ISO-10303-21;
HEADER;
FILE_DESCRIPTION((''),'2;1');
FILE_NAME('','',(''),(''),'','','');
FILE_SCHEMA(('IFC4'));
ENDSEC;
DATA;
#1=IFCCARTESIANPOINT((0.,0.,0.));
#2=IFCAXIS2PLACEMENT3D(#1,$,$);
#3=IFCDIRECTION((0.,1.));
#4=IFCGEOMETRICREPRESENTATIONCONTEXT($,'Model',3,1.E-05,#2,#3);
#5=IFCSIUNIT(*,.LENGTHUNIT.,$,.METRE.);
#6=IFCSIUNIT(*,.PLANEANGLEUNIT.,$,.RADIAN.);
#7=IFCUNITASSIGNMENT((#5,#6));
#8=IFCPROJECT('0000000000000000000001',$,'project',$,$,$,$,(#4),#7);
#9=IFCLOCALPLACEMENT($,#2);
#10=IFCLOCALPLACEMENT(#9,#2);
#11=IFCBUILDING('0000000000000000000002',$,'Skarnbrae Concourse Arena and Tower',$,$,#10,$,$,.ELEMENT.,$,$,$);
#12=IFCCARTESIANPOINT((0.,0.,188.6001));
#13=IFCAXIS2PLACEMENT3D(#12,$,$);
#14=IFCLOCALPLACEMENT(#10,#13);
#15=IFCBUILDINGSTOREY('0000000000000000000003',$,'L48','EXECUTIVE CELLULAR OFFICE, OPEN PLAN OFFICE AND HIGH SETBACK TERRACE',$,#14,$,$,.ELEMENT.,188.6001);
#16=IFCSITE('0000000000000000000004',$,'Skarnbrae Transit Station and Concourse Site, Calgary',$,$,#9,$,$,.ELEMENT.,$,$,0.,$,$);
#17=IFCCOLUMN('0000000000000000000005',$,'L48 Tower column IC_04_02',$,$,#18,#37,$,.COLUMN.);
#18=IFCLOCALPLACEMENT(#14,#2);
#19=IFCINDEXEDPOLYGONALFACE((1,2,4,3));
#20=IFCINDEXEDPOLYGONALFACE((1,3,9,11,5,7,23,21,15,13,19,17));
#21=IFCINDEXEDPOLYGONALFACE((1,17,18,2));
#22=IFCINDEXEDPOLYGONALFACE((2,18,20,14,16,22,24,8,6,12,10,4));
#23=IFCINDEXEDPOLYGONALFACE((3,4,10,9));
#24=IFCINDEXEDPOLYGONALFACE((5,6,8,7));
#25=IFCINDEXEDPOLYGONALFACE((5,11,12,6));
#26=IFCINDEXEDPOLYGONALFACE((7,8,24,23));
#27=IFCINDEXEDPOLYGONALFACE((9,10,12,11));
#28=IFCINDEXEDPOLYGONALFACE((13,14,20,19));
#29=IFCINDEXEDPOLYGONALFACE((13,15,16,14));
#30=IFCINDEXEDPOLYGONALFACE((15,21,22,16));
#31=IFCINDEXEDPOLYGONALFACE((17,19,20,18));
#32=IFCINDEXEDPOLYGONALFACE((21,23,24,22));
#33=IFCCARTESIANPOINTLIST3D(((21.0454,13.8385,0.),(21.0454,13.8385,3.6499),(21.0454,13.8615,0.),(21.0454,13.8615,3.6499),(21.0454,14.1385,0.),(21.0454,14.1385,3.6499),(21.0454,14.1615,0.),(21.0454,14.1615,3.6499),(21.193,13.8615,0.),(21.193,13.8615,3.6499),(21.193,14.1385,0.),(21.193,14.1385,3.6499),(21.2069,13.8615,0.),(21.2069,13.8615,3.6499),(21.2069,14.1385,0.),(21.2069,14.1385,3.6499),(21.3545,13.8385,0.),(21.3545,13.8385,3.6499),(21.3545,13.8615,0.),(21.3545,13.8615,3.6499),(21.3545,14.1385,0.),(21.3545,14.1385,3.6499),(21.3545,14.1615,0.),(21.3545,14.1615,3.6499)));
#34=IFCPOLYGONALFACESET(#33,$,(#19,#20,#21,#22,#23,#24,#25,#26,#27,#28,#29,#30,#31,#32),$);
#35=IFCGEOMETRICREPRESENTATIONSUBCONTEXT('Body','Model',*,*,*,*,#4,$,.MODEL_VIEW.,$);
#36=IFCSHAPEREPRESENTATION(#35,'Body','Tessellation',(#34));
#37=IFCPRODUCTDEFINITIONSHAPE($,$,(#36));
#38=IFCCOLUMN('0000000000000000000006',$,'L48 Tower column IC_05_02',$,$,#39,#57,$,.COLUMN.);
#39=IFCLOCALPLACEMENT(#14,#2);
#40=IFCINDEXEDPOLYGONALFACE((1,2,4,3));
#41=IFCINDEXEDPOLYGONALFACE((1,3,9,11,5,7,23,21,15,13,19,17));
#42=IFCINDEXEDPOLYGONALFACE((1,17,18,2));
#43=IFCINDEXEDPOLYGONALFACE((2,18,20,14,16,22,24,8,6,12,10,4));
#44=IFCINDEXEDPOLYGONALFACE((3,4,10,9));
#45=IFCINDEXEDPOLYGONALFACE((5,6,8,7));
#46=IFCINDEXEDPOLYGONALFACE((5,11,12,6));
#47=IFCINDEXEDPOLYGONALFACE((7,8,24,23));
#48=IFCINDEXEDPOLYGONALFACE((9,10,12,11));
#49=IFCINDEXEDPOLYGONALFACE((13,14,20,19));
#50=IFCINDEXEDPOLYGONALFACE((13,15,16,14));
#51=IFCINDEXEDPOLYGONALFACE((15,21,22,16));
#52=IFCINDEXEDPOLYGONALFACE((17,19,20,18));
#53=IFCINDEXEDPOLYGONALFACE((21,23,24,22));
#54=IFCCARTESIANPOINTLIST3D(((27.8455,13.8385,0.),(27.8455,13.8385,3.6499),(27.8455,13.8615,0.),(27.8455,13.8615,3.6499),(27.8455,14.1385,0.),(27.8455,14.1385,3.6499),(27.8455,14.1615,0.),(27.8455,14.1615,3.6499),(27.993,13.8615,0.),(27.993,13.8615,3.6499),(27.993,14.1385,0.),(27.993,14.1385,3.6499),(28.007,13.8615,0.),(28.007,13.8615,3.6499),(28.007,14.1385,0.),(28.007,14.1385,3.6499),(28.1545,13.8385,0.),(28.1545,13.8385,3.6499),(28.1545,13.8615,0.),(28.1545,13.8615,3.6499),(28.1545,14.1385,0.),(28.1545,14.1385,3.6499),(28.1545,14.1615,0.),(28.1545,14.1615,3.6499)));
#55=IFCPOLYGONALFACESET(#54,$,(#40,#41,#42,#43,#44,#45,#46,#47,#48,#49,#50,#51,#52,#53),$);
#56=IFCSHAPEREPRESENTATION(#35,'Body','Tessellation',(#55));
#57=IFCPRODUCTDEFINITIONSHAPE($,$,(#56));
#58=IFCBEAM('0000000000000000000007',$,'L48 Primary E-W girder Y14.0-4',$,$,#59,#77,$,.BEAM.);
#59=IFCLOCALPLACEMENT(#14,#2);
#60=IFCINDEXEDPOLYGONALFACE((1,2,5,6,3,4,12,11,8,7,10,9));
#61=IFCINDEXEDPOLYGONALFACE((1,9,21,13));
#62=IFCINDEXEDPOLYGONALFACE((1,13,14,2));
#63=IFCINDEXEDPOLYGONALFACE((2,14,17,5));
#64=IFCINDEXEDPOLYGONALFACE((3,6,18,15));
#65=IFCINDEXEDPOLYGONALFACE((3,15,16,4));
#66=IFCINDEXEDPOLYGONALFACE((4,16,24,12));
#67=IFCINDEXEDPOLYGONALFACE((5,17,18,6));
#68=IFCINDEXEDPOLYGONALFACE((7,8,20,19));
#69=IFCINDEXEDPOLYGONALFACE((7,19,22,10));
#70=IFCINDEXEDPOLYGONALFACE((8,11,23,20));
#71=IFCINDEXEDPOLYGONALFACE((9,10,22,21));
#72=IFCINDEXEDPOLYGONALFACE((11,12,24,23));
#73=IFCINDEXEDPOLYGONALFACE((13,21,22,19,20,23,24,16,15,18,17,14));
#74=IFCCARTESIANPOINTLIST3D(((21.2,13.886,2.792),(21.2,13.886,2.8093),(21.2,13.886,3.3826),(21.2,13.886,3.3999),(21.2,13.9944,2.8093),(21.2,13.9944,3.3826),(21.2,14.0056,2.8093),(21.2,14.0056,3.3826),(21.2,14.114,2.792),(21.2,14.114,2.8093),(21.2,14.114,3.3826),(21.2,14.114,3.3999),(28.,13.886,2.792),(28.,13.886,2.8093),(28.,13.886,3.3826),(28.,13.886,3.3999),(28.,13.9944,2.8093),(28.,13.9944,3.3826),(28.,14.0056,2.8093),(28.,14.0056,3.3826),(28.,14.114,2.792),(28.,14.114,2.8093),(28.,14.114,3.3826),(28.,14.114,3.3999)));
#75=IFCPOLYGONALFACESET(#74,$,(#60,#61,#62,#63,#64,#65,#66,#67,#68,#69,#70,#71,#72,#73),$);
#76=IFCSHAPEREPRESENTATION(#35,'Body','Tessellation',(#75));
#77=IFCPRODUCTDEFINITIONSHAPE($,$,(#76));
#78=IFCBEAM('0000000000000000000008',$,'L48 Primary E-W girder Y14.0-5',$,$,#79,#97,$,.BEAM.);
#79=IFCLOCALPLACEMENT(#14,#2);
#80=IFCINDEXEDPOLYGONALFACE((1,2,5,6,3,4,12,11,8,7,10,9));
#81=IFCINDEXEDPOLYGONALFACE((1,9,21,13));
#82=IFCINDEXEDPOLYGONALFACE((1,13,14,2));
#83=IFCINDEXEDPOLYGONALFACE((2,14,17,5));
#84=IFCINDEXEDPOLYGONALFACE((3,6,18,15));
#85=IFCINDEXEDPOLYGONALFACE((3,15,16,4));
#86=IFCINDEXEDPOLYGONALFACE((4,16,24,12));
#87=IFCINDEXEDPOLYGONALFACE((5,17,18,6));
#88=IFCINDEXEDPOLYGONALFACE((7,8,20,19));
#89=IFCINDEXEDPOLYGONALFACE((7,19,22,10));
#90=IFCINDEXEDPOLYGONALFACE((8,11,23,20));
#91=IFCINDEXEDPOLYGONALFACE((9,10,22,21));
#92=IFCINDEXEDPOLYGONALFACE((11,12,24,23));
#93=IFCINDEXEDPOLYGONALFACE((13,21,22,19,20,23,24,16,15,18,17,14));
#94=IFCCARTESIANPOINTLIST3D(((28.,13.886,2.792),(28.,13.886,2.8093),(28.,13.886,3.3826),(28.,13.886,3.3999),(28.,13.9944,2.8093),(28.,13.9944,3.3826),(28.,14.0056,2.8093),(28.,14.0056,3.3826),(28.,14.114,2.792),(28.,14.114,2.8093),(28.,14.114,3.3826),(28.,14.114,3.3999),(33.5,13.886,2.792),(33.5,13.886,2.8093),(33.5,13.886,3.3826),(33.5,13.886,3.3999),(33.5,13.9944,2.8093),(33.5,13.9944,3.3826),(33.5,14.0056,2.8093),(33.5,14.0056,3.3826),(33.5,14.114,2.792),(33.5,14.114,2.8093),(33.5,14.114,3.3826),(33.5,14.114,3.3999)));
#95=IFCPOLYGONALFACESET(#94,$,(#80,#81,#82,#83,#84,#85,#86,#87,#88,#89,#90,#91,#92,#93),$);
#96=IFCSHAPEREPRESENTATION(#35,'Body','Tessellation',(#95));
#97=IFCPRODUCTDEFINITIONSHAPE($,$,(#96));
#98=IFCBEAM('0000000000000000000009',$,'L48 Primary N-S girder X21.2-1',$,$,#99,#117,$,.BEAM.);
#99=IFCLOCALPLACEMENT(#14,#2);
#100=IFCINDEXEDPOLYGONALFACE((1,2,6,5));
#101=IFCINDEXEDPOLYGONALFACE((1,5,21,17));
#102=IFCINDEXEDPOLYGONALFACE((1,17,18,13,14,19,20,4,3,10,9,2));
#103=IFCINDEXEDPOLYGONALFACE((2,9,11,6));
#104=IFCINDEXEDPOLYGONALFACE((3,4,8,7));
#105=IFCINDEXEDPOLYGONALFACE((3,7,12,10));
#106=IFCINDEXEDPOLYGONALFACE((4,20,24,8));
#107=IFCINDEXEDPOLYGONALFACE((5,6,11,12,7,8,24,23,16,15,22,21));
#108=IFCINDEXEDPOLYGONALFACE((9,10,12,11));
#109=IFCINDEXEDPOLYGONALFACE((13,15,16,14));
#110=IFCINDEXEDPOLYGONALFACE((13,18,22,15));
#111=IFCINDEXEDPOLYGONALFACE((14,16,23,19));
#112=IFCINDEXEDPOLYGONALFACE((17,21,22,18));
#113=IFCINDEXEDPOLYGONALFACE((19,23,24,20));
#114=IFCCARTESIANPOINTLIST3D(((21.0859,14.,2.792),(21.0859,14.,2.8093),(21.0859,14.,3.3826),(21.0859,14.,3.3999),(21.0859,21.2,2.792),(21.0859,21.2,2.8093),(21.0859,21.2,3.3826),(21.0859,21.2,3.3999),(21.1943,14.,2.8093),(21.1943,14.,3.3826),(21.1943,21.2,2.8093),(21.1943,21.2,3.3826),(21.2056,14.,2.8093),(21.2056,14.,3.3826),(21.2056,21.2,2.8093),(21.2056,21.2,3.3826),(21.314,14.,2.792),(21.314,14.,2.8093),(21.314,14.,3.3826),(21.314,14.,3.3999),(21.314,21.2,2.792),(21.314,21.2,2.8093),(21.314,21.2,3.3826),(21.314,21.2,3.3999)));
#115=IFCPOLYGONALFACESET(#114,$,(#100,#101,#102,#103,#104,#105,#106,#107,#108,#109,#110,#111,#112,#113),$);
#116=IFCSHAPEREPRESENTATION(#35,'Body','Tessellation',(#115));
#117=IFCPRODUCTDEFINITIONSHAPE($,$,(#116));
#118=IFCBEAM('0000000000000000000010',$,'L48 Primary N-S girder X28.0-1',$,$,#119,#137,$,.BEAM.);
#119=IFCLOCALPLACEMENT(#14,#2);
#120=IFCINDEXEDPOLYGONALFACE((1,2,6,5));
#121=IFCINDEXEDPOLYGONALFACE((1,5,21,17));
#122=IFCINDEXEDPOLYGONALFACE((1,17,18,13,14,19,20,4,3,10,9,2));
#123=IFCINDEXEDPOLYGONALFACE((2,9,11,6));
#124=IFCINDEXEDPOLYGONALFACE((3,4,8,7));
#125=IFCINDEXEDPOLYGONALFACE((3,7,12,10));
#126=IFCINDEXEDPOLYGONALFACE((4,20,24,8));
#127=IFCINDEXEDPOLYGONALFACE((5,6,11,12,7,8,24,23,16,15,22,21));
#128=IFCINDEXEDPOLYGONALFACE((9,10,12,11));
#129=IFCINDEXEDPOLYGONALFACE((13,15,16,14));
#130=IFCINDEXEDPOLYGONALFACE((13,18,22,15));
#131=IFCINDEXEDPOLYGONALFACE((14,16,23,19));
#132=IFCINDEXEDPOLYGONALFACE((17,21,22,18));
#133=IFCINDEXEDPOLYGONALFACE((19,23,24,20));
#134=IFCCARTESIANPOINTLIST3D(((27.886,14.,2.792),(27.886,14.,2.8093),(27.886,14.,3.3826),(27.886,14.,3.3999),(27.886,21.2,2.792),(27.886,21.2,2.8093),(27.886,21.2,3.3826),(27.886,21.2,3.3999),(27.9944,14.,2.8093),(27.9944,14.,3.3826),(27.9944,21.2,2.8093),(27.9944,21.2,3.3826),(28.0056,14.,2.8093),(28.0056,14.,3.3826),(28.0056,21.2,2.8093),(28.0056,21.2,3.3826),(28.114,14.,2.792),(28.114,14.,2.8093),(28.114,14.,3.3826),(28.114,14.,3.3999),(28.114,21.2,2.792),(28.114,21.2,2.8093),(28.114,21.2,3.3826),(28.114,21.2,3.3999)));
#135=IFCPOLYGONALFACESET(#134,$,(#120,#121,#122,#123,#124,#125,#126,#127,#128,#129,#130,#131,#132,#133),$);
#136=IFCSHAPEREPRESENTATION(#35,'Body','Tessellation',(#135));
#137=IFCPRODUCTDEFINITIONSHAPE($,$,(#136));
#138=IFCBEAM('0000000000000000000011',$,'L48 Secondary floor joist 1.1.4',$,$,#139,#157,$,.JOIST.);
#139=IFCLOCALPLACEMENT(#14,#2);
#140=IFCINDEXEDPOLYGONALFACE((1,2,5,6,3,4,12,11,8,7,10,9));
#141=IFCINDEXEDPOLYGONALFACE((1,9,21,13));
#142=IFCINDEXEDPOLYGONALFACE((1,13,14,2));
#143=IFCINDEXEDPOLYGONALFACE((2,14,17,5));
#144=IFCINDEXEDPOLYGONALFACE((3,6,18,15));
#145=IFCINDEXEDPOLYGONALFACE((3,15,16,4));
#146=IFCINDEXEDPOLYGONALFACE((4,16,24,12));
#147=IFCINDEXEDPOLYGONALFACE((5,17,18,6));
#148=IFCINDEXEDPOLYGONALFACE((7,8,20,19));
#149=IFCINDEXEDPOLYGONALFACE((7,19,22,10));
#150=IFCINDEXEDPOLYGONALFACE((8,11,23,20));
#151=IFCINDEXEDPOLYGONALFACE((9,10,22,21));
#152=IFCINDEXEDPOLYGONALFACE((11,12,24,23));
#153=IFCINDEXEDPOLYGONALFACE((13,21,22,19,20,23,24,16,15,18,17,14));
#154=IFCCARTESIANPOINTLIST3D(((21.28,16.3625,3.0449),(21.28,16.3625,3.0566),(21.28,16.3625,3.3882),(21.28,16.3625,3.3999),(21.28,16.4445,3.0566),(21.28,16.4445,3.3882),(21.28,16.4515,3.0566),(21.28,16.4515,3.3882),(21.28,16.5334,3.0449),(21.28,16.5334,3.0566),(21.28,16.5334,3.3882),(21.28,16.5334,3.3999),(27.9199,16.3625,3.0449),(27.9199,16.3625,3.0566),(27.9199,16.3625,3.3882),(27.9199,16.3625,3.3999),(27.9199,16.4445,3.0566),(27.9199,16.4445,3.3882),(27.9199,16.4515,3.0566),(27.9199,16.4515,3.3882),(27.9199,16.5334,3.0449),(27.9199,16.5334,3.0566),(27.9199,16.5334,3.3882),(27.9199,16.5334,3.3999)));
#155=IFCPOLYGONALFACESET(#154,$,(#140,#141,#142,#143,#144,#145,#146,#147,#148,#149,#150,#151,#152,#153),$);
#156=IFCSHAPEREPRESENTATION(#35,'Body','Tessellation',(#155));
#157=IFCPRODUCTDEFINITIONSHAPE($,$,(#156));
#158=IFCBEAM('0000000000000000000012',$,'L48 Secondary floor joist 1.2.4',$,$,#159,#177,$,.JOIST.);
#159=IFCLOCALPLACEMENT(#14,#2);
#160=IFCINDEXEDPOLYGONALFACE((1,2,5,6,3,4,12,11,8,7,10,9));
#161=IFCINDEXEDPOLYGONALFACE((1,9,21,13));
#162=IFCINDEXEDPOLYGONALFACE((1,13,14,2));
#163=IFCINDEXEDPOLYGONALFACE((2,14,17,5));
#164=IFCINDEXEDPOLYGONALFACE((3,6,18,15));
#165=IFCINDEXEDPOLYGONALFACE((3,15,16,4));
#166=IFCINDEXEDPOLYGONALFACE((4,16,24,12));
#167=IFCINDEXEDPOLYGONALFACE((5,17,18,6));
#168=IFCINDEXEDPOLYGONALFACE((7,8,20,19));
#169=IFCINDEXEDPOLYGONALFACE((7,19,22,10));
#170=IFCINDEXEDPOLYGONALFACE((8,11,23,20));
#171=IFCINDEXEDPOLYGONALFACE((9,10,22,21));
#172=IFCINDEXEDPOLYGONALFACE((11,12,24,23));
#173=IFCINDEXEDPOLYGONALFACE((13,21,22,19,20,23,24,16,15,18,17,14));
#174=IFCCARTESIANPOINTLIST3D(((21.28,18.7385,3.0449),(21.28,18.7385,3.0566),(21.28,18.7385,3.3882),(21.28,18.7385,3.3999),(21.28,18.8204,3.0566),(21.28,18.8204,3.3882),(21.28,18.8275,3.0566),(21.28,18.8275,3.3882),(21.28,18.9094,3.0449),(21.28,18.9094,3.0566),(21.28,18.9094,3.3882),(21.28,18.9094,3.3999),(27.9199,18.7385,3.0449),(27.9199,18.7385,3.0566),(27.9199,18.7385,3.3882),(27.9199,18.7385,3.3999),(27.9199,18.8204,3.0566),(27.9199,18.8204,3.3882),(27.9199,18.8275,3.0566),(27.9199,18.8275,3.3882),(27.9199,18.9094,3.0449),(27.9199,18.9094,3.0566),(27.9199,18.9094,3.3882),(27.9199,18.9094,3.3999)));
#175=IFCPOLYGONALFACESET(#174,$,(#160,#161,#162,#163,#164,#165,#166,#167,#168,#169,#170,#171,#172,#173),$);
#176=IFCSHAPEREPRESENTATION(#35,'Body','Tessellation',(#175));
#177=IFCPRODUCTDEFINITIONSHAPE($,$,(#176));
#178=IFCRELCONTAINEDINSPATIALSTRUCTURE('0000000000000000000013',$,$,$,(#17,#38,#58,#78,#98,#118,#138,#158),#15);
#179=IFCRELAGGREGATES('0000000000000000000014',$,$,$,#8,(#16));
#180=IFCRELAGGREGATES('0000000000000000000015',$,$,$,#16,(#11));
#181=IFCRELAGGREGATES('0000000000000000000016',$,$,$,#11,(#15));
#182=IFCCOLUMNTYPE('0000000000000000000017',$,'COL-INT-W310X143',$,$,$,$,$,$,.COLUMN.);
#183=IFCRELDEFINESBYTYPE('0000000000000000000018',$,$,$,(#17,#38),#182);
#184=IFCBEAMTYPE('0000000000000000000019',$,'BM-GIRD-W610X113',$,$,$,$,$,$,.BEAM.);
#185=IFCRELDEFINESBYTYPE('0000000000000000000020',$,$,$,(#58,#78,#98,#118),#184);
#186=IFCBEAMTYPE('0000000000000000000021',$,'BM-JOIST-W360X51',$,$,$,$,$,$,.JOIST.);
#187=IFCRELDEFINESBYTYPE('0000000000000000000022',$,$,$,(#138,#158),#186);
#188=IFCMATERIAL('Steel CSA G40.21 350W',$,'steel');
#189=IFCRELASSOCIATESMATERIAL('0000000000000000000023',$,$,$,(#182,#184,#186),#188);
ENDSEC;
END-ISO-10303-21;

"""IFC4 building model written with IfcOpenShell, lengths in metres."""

from ifc_helpers import new_model, si_unit, direction, frame, origin, origin_2d, place, context, subcontext, project, spatial, i_section, extrude, source, transform, mapped, material, material_profile, profile_set, type_object, element, save


model = new_model("IFC4")

# Units and contexts
model_context = context("Model", 3, precision=1e-05, world=origin(), true_north=direction((0.0, 1.0)))
body_context = subcontext(model_context, "Body", "Model", "MODEL_VIEW")
ifc_project = project(units=[si_unit("LENGTHUNIT", "METRE"), si_unit("PLANEANGLEUNIT", "RADIAN")], contexts=[model_context])

# Site, building, storey
site_placement = place(None, origin())
site = spatial("IfcSite", under=ifc_project, at=site_placement, Name="Skarnbrae Transit Station and Concourse Site, Calgary", CompositionType="ELEMENT", RefElevation=0.0)
building_placement = place(site_placement, origin())
building = spatial("IfcBuilding", under=site, at=building_placement, Name="Skarnbrae Concourse Arena and Tower", CompositionType="ELEMENT")
storey_placement = place(building_placement, frame((0.0, 0.0, 188.6001)))
storey = spatial("IfcBuildingStorey", under=building, at=storey_placement, Name="L48", Description="EXECUTIVE CELLULAR OFFICE, OPEN PLAN OFFICE AND HIGH SETBACK TERRACE", CompositionType="ELEMENT", Elevation=188.6001)

# Columns
ifc_material_1 = material(Name="Steel CSA G40.21 350W", Category="steel")
ifc_material_profile_1 = material_profile(ifc_material_1, i_section(OverallWidth=0.3091, OverallDepth=0.323, WebThickness=0.0139, FlangeThickness=0.0229, at=origin_2d()), Name="W310X143")
ifc_profile_set_1 = profile_set([ifc_material_profile_1], Name="Steel CSA G40.21 350W")
column_type = type_object("IfcColumnType", Name="COL-INT-W310X143", PredefinedType="COLUMN", material=ifc_profile_set_1)
shared_shape_1 = source(origin(), body_context, "Body", "SweptSolid", [
    extrude(i_section(OverallWidth=0.3091, OverallDepth=0.323, WebThickness=0.0139, FlangeThickness=0.0229, at=origin_2d()), origin(), (0.0, 0.0, 1.0), 3.6499),
])
for number, where, z_axis, x_axis, name in (
    (1, (21.2, 14.0, 0.0), (0.0, 0.0, 1.0), (1.0, 0.0, 0.0), "L48 Tower column IC_04_02"),
    (2, (28.0, 14.0, 0.0), (0.0, 0.0, 1.0), (1.0, 0.0, 0.0), "L48 Tower column IC_05_02"),
):
    element("IfcColumn", number, at=place(storey_placement, frame(where, z_axis=z_axis, x_axis=x_axis)), inside=storey, type_object=column_type, Name=name, PredefinedType="COLUMN", context=body_context, shape_type="MappedRepresentation", body=[
        mapped(shared_shape_1, transform((0.0, 0.0, 0.0))),
    ])

# Beams
ifc_material_profile_2 = material_profile(ifc_material_1, i_section(OverallWidth=0.228, OverallDepth=0.6079, WebThickness=0.0112, FlangeThickness=0.0173, at=origin_2d()), Name="W610X113")
ifc_profile_set_2 = profile_set([ifc_material_profile_2], Name="Steel CSA G40.21 350W")
beam_type_1 = type_object("IfcBeamType", Name="BM-GIRD-W610X113", PredefinedType="BEAM", material=ifc_profile_set_2)
shared_shape_2 = source(origin(), body_context, "Body", "SweptSolid", [
    extrude(i_section(OverallWidth=0.228, OverallDepth=0.6079, WebThickness=0.0112, FlangeThickness=0.0173, at=origin_2d()), origin(), (0.0, 0.0, 1.0), 6.8),
])
beam_1_placement = place(storey_placement, frame((21.2, 14.0, 3.0959), z_axis=(1.0, 0.0, 0.0), x_axis=(0.0, 1.0, 0.0)))
element("IfcBeam", 3, at=beam_1_placement, inside=storey, type_object=beam_type_1, Name="L48 Primary E-W girder Y14.0-4", PredefinedType="BEAM", context=body_context, shape_type="MappedRepresentation", body=[
    mapped(shared_shape_2, transform((0.0, 0.0, 0.0))),
])
shared_shape_3 = source(origin(), body_context, "Body", "SweptSolid", [
    extrude(i_section(OverallWidth=0.228, OverallDepth=0.6079, WebThickness=0.0112, FlangeThickness=0.0173, at=origin_2d()), origin(), (0.0, 0.0, 1.0), 5.5),
])
beam_2_placement = place(storey_placement, frame((28.0, 14.0, 3.0959), z_axis=(1.0, 0.0, 0.0), x_axis=(0.0, 1.0, 0.0)))
element("IfcBeam", 4, at=beam_2_placement, inside=storey, type_object=beam_type_1, Name="L48 Primary E-W girder Y14.0-5", PredefinedType="BEAM", context=body_context, shape_type="MappedRepresentation", body=[
    mapped(shared_shape_3, transform((0.0, 0.0, 0.0))),
])
shared_shape_4 = source(origin(), body_context, "Body", "SweptSolid", [
    extrude(i_section(OverallWidth=0.228, OverallDepth=0.6079, WebThickness=0.0112, FlangeThickness=0.0173, at=origin_2d()), origin(), (0.0, 0.0, 1.0), 7.2),
])
for number, where, z_axis, x_axis, name in (
    (5, (21.2, 14.0, 3.0959), (0.0, 1.0, 0.0), (-1.0, 0.0, 0.0), "L48 Primary N-S girder X21.2-1"),
    (6, (28.0, 14.0, 3.0959), (0.0, 1.0, 0.0), (-1.0, 0.0, 0.0), "L48 Primary N-S girder X28.0-1"),
):
    element("IfcBeam", number, at=place(storey_placement, frame(where, z_axis=z_axis, x_axis=x_axis)), inside=storey, type_object=beam_type_1, Name=name, PredefinedType="BEAM", context=body_context, shape_type="MappedRepresentation", body=[
        mapped(shared_shape_4, transform((0.0, 0.0, 0.0))),
    ])
ifc_material_profile_3 = material_profile(ifc_material_1, i_section(OverallWidth=0.1709, OverallDepth=0.355, WebThickness=0.0071, FlangeThickness=0.0117, at=origin_2d()), Name="W360X51")
ifc_profile_set_3 = profile_set([ifc_material_profile_3], Name="Steel CSA G40.21 350W")
beam_type_2 = type_object("IfcBeamType", Name="BM-JOIST-W360X51", PredefinedType="JOIST", material=ifc_profile_set_3)
shared_shape_5 = source(origin(), body_context, "Body", "SweptSolid", [
    extrude(i_section(OverallWidth=0.1709, OverallDepth=0.355, WebThickness=0.0071, FlangeThickness=0.0117, at=origin_2d()), origin(), (0.0, 0.0, 1.0), 6.6399),
])
for number, where, z_axis, x_axis, name in (
    (7, (21.28, 16.448, 3.2224), (1.0, 0.0, 0.0), (0.0, 1.0, 0.0), "L48 Secondary floor joist 1.1.4"),
    (8, (21.28, 18.824, 3.2224), (1.0, 0.0, 0.0), (0.0, 1.0, 0.0), "L48 Secondary floor joist 1.2.4"),
):
    element("IfcBeam", number, at=place(storey_placement, frame(where, z_axis=z_axis, x_axis=x_axis)), inside=storey, type_object=beam_type_2, Name=name, PredefinedType="JOIST", context=body_context, shape_type="MappedRepresentation", body=[
        mapped(shared_shape_5, transform((0.0, 0.0, 0.0))),
    ])

save(model, "model.ifc")
